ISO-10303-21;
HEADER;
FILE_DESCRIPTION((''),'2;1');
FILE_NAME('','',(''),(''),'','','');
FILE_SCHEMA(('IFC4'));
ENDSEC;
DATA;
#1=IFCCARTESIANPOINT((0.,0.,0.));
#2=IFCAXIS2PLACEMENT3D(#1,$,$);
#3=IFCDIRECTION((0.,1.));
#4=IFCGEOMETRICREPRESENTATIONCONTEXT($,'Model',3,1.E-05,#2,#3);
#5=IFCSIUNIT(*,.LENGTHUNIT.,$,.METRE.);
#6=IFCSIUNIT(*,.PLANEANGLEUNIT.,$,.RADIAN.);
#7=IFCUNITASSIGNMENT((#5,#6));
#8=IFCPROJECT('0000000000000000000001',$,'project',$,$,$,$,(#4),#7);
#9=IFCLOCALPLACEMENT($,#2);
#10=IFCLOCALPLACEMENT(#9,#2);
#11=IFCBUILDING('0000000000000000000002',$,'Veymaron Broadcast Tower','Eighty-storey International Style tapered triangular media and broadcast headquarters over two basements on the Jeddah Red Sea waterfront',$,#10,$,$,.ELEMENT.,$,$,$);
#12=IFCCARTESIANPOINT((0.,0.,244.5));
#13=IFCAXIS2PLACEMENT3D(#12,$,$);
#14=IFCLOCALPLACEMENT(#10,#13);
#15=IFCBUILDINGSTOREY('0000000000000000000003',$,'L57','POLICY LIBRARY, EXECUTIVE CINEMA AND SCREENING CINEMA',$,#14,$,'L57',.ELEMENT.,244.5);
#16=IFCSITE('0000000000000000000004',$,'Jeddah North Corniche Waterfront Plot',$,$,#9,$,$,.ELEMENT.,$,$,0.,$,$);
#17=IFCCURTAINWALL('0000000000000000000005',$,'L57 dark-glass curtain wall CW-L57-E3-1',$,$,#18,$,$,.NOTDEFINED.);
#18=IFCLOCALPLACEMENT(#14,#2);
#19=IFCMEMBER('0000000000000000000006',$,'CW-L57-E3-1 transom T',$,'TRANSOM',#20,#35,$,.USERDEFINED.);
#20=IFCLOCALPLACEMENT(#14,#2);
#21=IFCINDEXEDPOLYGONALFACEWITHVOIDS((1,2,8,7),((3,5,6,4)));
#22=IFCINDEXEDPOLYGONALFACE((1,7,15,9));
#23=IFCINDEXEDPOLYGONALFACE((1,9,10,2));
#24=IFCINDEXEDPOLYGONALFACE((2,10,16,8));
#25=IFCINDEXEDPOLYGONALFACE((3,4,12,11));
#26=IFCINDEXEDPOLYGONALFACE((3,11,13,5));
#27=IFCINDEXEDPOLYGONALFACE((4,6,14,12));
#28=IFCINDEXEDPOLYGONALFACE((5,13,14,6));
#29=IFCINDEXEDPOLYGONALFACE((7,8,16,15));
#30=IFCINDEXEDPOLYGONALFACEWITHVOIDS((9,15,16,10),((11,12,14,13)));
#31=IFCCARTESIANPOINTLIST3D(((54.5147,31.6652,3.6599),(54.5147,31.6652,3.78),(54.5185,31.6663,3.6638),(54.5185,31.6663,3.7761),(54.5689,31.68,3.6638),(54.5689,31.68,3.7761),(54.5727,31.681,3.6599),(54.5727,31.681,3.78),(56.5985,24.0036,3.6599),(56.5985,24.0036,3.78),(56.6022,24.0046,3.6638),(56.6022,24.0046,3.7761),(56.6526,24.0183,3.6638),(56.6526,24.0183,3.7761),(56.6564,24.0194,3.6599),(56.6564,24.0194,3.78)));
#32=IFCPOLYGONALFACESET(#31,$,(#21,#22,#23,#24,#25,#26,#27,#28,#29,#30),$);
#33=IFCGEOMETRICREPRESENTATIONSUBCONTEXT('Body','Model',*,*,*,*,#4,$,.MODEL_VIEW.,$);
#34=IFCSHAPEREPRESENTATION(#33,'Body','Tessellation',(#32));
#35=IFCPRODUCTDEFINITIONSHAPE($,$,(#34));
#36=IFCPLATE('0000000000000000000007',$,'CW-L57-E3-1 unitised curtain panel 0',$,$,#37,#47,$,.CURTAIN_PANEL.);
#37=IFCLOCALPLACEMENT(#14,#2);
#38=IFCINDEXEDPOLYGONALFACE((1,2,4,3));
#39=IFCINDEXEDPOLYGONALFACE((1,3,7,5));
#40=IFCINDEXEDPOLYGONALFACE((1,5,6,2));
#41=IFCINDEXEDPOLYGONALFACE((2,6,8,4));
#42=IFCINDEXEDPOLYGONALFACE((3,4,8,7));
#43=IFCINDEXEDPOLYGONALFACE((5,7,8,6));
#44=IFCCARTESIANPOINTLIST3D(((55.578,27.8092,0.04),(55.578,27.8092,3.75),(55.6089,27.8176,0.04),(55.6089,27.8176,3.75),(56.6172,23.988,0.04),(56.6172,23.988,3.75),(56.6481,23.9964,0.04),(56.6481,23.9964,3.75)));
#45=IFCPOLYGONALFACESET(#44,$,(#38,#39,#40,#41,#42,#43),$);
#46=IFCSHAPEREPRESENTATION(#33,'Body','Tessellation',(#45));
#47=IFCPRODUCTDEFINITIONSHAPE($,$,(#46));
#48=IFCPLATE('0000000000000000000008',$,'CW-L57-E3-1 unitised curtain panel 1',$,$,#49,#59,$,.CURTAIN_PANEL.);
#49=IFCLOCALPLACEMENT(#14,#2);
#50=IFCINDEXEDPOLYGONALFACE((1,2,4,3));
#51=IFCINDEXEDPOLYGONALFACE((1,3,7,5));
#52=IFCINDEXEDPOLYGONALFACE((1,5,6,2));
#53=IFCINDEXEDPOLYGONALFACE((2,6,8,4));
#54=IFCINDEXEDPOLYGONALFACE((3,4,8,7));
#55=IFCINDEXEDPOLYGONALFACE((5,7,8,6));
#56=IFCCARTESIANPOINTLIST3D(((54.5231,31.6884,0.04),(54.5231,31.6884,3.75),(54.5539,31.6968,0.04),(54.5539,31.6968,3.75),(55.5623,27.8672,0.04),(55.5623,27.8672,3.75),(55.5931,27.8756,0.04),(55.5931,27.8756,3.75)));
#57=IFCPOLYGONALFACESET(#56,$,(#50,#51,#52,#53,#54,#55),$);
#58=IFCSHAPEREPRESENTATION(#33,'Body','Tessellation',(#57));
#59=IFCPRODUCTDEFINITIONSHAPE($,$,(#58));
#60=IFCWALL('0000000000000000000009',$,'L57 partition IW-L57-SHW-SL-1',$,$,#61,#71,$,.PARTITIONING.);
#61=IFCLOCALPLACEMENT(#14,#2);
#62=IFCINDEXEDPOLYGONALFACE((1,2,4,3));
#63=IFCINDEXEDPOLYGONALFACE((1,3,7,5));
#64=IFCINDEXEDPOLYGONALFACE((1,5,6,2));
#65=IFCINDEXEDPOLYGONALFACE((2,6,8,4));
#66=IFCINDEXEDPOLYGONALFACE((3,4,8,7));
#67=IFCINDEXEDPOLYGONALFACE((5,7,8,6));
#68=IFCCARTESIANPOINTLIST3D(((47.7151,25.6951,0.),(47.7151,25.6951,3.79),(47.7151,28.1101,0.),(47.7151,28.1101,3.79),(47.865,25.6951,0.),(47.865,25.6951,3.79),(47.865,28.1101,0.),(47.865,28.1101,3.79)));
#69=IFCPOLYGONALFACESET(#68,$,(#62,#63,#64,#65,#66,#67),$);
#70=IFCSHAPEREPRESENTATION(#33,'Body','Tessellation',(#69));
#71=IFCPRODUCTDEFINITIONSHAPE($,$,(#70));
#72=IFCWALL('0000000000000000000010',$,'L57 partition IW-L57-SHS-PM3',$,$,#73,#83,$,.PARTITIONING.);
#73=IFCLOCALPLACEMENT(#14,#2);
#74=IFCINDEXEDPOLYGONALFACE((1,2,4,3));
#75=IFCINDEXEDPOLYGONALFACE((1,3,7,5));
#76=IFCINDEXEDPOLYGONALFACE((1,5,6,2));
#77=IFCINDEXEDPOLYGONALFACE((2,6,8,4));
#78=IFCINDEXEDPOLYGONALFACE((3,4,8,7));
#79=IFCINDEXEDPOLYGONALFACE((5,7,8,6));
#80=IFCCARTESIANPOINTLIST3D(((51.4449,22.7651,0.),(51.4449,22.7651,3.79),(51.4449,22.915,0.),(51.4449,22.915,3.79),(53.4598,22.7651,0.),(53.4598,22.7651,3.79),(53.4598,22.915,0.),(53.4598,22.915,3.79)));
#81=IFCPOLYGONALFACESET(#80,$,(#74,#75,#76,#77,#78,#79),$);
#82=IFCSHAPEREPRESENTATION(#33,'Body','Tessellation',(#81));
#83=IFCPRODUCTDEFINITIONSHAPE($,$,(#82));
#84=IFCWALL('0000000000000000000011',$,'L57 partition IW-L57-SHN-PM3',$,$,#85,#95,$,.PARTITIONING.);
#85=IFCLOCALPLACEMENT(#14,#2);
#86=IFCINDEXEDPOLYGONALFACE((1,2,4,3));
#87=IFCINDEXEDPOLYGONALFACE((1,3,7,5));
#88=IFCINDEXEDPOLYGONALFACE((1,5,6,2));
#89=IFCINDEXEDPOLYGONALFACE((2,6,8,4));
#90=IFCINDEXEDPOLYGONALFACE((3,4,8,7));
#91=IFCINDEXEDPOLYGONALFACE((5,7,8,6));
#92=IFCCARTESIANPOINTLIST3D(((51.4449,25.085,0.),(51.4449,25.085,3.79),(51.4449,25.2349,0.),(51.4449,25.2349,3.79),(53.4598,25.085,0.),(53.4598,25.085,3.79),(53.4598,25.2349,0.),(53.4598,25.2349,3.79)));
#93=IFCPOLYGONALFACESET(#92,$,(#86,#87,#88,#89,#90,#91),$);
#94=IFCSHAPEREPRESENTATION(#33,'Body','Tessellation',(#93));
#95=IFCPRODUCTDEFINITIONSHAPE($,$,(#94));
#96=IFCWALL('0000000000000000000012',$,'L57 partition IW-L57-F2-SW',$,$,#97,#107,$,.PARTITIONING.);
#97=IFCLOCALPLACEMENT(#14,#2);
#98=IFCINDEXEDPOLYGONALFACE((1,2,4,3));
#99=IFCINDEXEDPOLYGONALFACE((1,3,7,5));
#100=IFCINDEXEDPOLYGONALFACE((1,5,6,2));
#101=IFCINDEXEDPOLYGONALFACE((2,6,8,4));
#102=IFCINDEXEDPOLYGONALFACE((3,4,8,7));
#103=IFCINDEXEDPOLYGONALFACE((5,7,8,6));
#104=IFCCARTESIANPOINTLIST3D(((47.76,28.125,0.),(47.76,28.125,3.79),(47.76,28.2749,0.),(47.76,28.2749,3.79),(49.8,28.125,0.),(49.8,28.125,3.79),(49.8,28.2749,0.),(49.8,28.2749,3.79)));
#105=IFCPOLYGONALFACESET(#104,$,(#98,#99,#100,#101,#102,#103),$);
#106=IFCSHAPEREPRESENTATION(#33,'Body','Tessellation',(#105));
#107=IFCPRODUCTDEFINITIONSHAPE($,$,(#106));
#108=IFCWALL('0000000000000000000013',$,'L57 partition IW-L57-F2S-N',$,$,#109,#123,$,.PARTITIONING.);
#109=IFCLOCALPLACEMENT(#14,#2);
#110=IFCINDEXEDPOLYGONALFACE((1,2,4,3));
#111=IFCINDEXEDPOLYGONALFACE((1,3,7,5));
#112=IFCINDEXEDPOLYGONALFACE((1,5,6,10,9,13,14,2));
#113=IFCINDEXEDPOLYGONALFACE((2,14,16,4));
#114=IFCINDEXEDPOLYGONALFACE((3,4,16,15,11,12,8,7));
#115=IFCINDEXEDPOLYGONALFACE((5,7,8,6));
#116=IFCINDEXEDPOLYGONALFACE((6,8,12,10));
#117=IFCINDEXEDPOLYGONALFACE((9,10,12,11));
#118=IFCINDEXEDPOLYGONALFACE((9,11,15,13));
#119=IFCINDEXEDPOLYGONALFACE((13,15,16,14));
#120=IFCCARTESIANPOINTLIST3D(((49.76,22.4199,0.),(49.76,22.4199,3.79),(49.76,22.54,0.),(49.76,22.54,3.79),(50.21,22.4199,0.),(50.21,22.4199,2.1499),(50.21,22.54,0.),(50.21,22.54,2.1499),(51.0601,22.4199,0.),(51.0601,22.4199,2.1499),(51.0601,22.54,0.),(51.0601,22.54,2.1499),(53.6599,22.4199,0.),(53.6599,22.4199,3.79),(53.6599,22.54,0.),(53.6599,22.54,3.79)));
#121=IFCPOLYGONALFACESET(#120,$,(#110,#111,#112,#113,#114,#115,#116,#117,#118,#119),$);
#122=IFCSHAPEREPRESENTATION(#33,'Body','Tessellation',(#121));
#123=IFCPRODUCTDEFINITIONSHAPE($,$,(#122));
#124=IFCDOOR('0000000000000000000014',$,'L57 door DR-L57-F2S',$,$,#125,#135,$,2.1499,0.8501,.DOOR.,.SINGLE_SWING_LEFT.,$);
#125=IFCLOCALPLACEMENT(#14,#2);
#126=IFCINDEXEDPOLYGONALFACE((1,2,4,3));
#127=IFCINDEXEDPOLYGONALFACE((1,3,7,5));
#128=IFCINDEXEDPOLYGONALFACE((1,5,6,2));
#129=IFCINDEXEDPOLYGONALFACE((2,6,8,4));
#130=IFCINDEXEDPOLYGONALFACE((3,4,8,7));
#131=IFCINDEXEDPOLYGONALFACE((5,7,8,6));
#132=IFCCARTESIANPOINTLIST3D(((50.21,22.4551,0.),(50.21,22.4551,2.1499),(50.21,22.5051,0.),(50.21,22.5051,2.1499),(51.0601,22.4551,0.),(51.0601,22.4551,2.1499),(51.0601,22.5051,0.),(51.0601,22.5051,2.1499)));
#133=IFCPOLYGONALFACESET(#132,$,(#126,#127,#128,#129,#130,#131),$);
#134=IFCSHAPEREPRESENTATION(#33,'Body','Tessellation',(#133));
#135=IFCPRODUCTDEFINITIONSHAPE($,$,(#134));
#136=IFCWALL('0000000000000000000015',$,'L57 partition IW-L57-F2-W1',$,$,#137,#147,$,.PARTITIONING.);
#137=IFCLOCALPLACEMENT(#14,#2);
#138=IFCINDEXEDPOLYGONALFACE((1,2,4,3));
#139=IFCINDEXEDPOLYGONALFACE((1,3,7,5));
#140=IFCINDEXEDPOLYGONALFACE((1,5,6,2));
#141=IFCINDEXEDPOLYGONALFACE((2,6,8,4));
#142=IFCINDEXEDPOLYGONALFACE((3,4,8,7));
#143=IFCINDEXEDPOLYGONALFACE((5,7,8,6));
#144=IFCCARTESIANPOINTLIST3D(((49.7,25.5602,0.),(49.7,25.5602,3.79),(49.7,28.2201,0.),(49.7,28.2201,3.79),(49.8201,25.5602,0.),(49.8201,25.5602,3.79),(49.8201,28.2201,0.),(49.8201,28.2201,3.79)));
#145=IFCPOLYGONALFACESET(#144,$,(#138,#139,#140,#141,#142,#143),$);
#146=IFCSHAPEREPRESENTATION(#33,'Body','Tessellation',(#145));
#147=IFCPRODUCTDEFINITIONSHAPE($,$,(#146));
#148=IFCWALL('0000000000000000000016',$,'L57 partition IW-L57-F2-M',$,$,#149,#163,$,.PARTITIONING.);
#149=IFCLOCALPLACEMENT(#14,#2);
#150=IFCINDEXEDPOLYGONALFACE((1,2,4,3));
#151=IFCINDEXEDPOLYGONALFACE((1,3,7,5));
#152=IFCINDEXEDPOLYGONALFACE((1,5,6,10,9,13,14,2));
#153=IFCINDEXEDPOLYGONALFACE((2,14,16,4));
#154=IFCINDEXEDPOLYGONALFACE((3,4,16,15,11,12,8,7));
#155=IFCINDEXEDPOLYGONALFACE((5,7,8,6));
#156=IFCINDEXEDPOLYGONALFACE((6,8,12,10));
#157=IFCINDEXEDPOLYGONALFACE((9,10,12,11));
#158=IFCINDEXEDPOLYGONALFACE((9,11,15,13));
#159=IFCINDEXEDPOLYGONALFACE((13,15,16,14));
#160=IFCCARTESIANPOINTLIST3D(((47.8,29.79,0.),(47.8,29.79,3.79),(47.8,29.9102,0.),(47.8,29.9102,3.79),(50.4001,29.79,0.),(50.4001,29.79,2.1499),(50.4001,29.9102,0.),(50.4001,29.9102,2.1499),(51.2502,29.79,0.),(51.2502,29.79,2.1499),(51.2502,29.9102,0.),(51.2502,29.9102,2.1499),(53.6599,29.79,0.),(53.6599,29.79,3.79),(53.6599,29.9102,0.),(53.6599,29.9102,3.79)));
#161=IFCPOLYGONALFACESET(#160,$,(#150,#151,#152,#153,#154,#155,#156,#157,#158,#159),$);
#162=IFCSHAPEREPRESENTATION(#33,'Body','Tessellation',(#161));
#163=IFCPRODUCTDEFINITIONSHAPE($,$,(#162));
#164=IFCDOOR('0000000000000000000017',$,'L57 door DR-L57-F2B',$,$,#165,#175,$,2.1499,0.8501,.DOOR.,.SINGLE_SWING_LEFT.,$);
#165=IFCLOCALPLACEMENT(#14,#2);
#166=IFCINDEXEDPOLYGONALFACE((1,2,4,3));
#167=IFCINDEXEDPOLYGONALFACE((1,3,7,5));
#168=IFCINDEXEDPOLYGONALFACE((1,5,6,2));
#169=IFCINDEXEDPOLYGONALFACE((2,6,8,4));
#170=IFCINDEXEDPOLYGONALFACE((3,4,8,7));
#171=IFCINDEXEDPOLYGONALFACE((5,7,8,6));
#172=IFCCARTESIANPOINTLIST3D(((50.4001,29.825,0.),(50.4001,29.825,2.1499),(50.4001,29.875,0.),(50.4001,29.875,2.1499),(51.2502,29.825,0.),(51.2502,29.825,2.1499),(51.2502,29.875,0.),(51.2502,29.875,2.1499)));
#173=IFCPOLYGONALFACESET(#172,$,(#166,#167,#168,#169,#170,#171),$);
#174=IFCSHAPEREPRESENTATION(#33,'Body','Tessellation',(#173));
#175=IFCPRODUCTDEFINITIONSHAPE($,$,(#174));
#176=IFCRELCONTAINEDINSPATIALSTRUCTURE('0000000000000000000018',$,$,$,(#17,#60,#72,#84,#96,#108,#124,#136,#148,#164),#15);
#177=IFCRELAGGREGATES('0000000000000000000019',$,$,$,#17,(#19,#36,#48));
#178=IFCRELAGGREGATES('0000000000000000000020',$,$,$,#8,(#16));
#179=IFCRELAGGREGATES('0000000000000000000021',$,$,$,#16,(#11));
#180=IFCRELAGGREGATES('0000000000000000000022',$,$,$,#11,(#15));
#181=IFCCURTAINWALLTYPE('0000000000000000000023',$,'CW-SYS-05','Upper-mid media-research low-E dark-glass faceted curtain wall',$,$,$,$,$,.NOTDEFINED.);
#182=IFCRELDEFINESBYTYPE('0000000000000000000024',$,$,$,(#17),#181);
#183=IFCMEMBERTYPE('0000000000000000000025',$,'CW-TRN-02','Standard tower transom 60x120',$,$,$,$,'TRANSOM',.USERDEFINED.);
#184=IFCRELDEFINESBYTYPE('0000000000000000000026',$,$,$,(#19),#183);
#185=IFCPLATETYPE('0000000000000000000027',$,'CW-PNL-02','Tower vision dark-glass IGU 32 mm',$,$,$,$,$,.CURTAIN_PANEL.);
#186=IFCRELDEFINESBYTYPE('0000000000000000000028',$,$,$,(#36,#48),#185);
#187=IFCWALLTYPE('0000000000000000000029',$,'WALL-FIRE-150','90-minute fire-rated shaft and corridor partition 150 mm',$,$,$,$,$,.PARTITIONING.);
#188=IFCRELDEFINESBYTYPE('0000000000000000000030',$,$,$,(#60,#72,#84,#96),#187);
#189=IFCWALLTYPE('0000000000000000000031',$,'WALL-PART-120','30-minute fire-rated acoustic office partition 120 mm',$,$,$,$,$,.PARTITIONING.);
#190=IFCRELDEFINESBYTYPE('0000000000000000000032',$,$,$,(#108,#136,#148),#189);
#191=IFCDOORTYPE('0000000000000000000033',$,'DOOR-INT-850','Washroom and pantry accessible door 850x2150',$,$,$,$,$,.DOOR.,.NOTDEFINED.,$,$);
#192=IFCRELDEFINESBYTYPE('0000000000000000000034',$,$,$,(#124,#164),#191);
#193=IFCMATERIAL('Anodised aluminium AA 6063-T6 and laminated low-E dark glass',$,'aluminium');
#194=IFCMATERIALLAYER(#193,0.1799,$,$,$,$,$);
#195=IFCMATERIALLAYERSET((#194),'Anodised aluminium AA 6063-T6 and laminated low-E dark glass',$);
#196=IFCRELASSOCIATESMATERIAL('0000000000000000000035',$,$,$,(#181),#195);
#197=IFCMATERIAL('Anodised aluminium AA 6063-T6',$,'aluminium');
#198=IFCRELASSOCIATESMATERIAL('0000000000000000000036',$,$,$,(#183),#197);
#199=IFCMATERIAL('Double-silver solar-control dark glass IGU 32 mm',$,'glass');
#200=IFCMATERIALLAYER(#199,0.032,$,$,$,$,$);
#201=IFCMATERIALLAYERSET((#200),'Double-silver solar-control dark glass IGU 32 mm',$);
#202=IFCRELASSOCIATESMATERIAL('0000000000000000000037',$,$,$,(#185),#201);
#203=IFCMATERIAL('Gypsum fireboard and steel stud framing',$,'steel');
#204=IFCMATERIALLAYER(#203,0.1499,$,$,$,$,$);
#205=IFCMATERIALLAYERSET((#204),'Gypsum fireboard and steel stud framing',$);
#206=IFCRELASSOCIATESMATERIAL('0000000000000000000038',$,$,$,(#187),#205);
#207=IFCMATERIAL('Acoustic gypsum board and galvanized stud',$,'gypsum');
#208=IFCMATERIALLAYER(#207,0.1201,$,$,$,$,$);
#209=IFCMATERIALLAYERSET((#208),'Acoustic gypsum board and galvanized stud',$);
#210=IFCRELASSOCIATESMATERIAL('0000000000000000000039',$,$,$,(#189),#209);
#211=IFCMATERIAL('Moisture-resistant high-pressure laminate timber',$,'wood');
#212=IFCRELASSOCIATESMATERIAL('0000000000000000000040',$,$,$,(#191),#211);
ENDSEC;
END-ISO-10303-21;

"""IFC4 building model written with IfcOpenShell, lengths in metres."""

from ifc_helpers import new_model, si_unit, direction, frame, frame_2d, origin, origin_2d, place, context, subcontext, project, spatial, rectangle, hollow_rectangle, extrude, material, layer, layer_set, material_profile, profile_set, type_object, element, fill, aggregate, save


model = new_model("IFC4")

# Units and contexts
model_context = context("Model", 3, precision=1e-05, world=origin(), true_north=direction((0.0, 1.0)))
body_context = subcontext(model_context, "Body", "Model", "MODEL_VIEW")
ifc_project = project(units=[si_unit("LENGTHUNIT", "METRE"), si_unit("PLANEANGLEUNIT", "RADIAN")], contexts=[model_context])

# Site, building, storey
site_placement = place(None, origin())
site = spatial("IfcSite", under=ifc_project, at=site_placement, Name="Jeddah North Corniche Waterfront Plot", CompositionType="ELEMENT", RefElevation=0.0)
building_placement = place(site_placement, origin())
building = spatial("IfcBuilding", under=site, at=building_placement, Name="Veymaron Broadcast Tower", Description="Eighty-storey International Style tapered triangular media and broadcast headquarters over two basements on the Jeddah Red Sea waterfront", CompositionType="ELEMENT")
storey_placement = place(building_placement, frame((0.0, 0.0, 244.5)))
storey = spatial("IfcBuildingStorey", under=building, at=storey_placement, Name="L57", Description="POLICY LIBRARY, EXECUTIVE CINEMA AND SCREENING CINEMA", LongName="L57", CompositionType="ELEMENT", Elevation=244.5)

# Shared definitions
ifc_material_1 = material(Name="Anodised aluminium AA 6063-T6 and laminated low-E dark glass", Category="aluminium")
ifc_layer_1 = layer(ifc_material_1, 0.1799)
ifc_layer_set_1 = layer_set([ifc_layer_1], Name="Anodised aluminium AA 6063-T6 and laminated low-E dark glass")
curtain_wall_type = type_object("IfcCurtainWallType", Name="CW-SYS-05", Description="Upper-mid media-research low-E dark-glass faceted curtain wall", PredefinedType="NOTDEFINED", material=ifc_layer_set_1)
ifc_material_2 = material(Name="Anodised aluminium AA 6063-T6", Category="aluminium")

# Curtain wall, member, plates
curtain_wall_1_placement = place(storey_placement, origin())
curtain_wall_1 = element("IfcCurtainWall", 1, at=curtain_wall_1_placement, inside=storey, type_object=curtain_wall_type, Name="L57 dark-glass curtain wall CW-L57-E3-1", PredefinedType="NOTDEFINED")
ifc_material_profile_1 = material_profile(ifc_material_2, hollow_rectangle(XDim=0.0601, YDim=0.1201, WallThickness=0.0039, at=origin_2d()), Name="AL120X60X4")
ifc_profile_set_1 = profile_set([ifc_material_profile_1], Name="Anodised aluminium AA 6063-T6")
member_type_1 = type_object("IfcMemberType", Name="CW-TRN-02", Description="Standard tower transom 60x120", ElementType="TRANSOM", PredefinedType="USERDEFINED", material=ifc_profile_set_1)
member_1_placement = place(storey_placement, frame((56.6274, 24.0115, 3.72), z_axis=(-0.262438, 0.964949, 0.0), x_axis=(-0.964949, -0.262438, 0.0)))
member_1 = element("IfcMember", 2, at=member_1_placement, type_object=member_type_1, Name="CW-L57-E3-1 transom T", ObjectType="TRANSOM", PredefinedType="USERDEFINED", context=body_context, shape_type="SweptSolid", body=[
    extrude(hollow_rectangle(XDim=0.0601, YDim=0.1201, WallThickness=0.0039, at=origin_2d()), origin(), (0.0, 0.0, 1.0), 7.9399),
])
ifc_material_3 = material(Name="Double-silver solar-control dark glass IGU 32 mm", Category="glass")
ifc_layer_2 = layer(ifc_material_3, 0.032)
ifc_layer_set_2 = layer_set([ifc_layer_2], Name="Double-silver solar-control dark glass IGU 32 mm")
plate_type = type_object("IfcPlateType", Name="CW-PNL-02", Description="Tower vision dark-glass IGU 32 mm", PredefinedType="CURTAIN_PANEL", material=ifc_layer_set_2)
plate_1_placement = place(storey_placement, frame((56.113, 25.9028, 0.04), z_axis=(0.0, 0.0, 1.0), x_axis=(-0.262425, 0.964952, 0.0)))
plate_1 = element("IfcPlate", 3, at=plate_1_placement, type_object=plate_type, Name="CW-L57-E3-1 unitised curtain panel 0", PredefinedType="CURTAIN_PANEL", context=body_context, shape_type="SweptSolid", body=[
    extrude(rectangle(XDim=3.96, YDim=0.032, at=origin_2d()), origin(), (0.0, 0.0, 1.0), 3.71),
])
plate_2_placement = place(storey_placement, frame((55.0581, 29.782, 0.04), z_axis=(0.0, 0.0, 1.0), x_axis=(-0.262425, 0.964952, 0.0)))
plate_2 = element("IfcPlate", 4, at=plate_2_placement, type_object=plate_type, Name="CW-L57-E3-1 unitised curtain panel 1", PredefinedType="CURTAIN_PANEL", context=body_context, shape_type="SweptSolid", body=[
    extrude(rectangle(XDim=3.96, YDim=0.032, at=origin_2d()), origin(), (0.0, 0.0, 1.0), 3.71),
])
aggregate(curtain_wall_1, [member_1, plate_1, plate_2])

# Shared definitions
ifc_material_4 = material(Name="Gypsum fireboard and steel stud framing", Category="steel")
ifc_layer_3 = layer(ifc_material_4, 0.1499)
ifc_layer_set_3 = layer_set([ifc_layer_3], Name="Gypsum fireboard and steel stud framing")
wall_type_1 = type_object("IfcWallType", Name="WALL-FIRE-150", Description="90-minute fire-rated shaft and corridor partition 150 mm", PredefinedType="PARTITIONING", material=ifc_layer_set_3)

# Wall
wall_1_placement = place(storey_placement, frame((47.79, 25.6951, 0.0), z_axis=(0.0, 0.0, 1.0), x_axis=(0.0, 1.0, 0.0)))
element("IfcWall", 5, at=wall_1_placement, inside=storey, type_object=wall_type_1, Name="L57 partition IW-L57-SHW-SL-1", PredefinedType="PARTITIONING", context=body_context, shape_type="SweptSolid", body=[
    extrude(rectangle(XDim=2.415, YDim=0.1499, at=frame_2d((1.2075, 0.0))), origin(), (0.0, 0.0, 1.0), 3.79),
])

# Walls
for number, where, z_axis, x_axis, name in (
    (6, (51.4451, 22.8401, 0.0), (0.0, 0.0, 1.0), (1.0, 0.0, 0.0), "L57 partition IW-L57-SHS-PM3"),
    (7, (51.4451, 25.1599, 0.0), (0.0, 0.0, 1.0), (1.0, 0.0, 0.0), "L57 partition IW-L57-SHN-PM3"),
):
    element("IfcWall", number, at=place(storey_placement, frame(where, z_axis=z_axis, x_axis=x_axis)), inside=storey, type_object=wall_type_1, Name=name, PredefinedType="PARTITIONING", context=body_context, shape_type="SweptSolid", body=[
        extrude(rectangle(XDim=2.0149, YDim=0.1499, at=frame_2d((1.0073, 0.0))), origin(), (0.0, 0.0, 1.0), 3.79),
    ])
wall_2_placement = place(storey_placement, frame((47.76, 28.2, 0.0), z_axis=(0.0, 0.0, 1.0), x_axis=(1.0, 0.0, 0.0)))
element("IfcWall", 8, at=wall_2_placement, inside=storey, type_object=wall_type_1, Name="L57 partition IW-L57-F2-SW", PredefinedType="PARTITIONING", context=body_context, shape_type="SweptSolid", body=[
    extrude(rectangle(XDim=2.04, YDim=0.1499, at=frame_2d((1.02, 0.0))), origin(), (0.0, 0.0, 1.0), 3.79),
])

# Wall, opening, door
ifc_material_5 = material(Name="Acoustic gypsum board and galvanized stud", Category="gypsum")
ifc_layer_4 = layer(ifc_material_5, 0.1201)
ifc_layer_set_4 = layer_set([ifc_layer_4], Name="Acoustic gypsum board and galvanized stud")
wall_type_2 = type_object("IfcWallType", Name="WALL-PART-120", Description="30-minute fire-rated acoustic office partition 120 mm", PredefinedType="PARTITIONING", material=ifc_layer_set_4)
wall_3_placement = place(storey_placement, frame((49.76, 22.48, 0.0), z_axis=(0.0, 0.0, 1.0), x_axis=(1.0, 0.0, 0.0)))
wall_3 = element("IfcWall", 9, at=wall_3_placement, inside=storey, type_object=wall_type_2, Name="L57 partition IW-L57-F2S-N", PredefinedType="PARTITIONING", context=body_context, shape_type="SweptSolid", body=[
    extrude(rectangle(XDim=3.8999, YDim=0.1201, at=frame_2d((1.95, 0.0))), origin(), (0.0, 0.0, 1.0), 3.79),
])
opening_1_placement = place(wall_3_placement, frame((0.45, 0.0, 0.0)))
opening_1 = element("IfcOpeningElement", 10, at=opening_1_placement, cuts=wall_3, PredefinedType="OPENING", context=body_context, shape_type="SweptSolid", body=[
    extrude(rectangle(XDim=0.8501, YDim=2.1499, at=frame_2d((0.425, 1.075))), frame((0.0, 0.0701, 0.0), z_axis=(0.0, -1.0, 0.0), x_axis=(1.0, 0.0, 0.0)), (0.0, 0.0, 1.0), 0.1401),
])
ifc_material_6 = material(Name="Moisture-resistant high-pressure laminate timber", Category="wood")
door_type_1 = type_object("IfcDoorType", Name="DOOR-INT-850", Description="Washroom and pantry accessible door 850x2150", OperationType="NOTDEFINED", PredefinedType="DOOR", material=ifc_material_6)
door_1_placement = place(opening_1_placement, frame((0.8501, 0.0, 0.0), z_axis=(0.0, 0.0, 1.0), x_axis=(-1.0, 0.0, 0.0)))
door_1 = element("IfcDoor", 11, at=door_1_placement, inside=storey, type_object=door_type_1, Name="L57 door DR-L57-F2S", OperationType="SINGLE_SWING_LEFT", OverallHeight=2.1499, OverallWidth=0.8501, PredefinedType="DOOR", context=body_context, shape_type="SweptSolid", body=[
    extrude(rectangle(XDim=0.8501, YDim=2.1499, at=frame_2d((0.425, 1.075))), frame((0.0, 0.0249, 0.0), z_axis=(0.0, -1.0, 0.0), x_axis=(1.0, 0.0, 0.0)), (0.0, 0.0, 1.0), 0.05),
])
fill(opening_1, door_1)

# Wall
wall_4_placement = place(storey_placement, frame((49.76, 25.5601, 0.0), z_axis=(0.0, 0.0, 1.0), x_axis=(0.0, 1.0, 0.0)))
element("IfcWall", 12, at=wall_4_placement, inside=storey, type_object=wall_type_2, Name="L57 partition IW-L57-F2-W1", PredefinedType="PARTITIONING", context=body_context, shape_type="SweptSolid", body=[
    extrude(rectangle(XDim=2.6599, YDim=0.1201, at=frame_2d((1.3301, 0.0))), origin(), (0.0, 0.0, 1.0), 3.79),
])

# Wall, opening, door
wall_5_placement = place(storey_placement, frame((47.8, 29.8501, 0.0), z_axis=(0.0, 0.0, 1.0), x_axis=(1.0, 0.0, 0.0)))
wall_5 = element("IfcWall", 13, at=wall_5_placement, inside=storey, type_object=wall_type_2, Name="L57 partition IW-L57-F2-M", PredefinedType="PARTITIONING", context=body_context, shape_type="SweptSolid", body=[
    extrude(rectangle(XDim=5.8599, YDim=0.1201, at=frame_2d((2.9299, 0.0))), origin(), (0.0, 0.0, 1.0), 3.79),
])
opening_2_placement = place(wall_5_placement, frame((2.6001, 0.0, 0.0)))
opening_2 = element("IfcOpeningElement", 14, at=opening_2_placement, cuts=wall_5, PredefinedType="OPENING", context=body_context, shape_type="SweptSolid", body=[
    extrude(rectangle(XDim=0.8501, YDim=2.1499, at=frame_2d((0.425, 1.075))), frame((0.0, 0.0701, 0.0), z_axis=(0.0, -1.0, 0.0), x_axis=(1.0, 0.0, 0.0)), (0.0, 0.0, 1.0), 0.1401),
])
door_2_placement = place(opening_2_placement, origin())
door_2 = element("IfcDoor", 15, at=door_2_placement, inside=storey, type_object=door_type_1, Name="L57 door DR-L57-F2B", OperationType="SINGLE_SWING_LEFT", OverallHeight=2.1499, OverallWidth=0.8501, PredefinedType="DOOR", context=body_context, shape_type="SweptSolid", body=[
    extrude(rectangle(XDim=0.8501, YDim=2.1499, at=frame_2d((0.425, 1.075))), frame((0.0, 0.0249, 0.0), z_axis=(0.0, -1.0, 0.0), x_axis=(1.0, 0.0, 0.0)), (0.0, 0.0, 1.0), 0.05),
])
fill(opening_2, door_2)

save(model, "model.ifc")
